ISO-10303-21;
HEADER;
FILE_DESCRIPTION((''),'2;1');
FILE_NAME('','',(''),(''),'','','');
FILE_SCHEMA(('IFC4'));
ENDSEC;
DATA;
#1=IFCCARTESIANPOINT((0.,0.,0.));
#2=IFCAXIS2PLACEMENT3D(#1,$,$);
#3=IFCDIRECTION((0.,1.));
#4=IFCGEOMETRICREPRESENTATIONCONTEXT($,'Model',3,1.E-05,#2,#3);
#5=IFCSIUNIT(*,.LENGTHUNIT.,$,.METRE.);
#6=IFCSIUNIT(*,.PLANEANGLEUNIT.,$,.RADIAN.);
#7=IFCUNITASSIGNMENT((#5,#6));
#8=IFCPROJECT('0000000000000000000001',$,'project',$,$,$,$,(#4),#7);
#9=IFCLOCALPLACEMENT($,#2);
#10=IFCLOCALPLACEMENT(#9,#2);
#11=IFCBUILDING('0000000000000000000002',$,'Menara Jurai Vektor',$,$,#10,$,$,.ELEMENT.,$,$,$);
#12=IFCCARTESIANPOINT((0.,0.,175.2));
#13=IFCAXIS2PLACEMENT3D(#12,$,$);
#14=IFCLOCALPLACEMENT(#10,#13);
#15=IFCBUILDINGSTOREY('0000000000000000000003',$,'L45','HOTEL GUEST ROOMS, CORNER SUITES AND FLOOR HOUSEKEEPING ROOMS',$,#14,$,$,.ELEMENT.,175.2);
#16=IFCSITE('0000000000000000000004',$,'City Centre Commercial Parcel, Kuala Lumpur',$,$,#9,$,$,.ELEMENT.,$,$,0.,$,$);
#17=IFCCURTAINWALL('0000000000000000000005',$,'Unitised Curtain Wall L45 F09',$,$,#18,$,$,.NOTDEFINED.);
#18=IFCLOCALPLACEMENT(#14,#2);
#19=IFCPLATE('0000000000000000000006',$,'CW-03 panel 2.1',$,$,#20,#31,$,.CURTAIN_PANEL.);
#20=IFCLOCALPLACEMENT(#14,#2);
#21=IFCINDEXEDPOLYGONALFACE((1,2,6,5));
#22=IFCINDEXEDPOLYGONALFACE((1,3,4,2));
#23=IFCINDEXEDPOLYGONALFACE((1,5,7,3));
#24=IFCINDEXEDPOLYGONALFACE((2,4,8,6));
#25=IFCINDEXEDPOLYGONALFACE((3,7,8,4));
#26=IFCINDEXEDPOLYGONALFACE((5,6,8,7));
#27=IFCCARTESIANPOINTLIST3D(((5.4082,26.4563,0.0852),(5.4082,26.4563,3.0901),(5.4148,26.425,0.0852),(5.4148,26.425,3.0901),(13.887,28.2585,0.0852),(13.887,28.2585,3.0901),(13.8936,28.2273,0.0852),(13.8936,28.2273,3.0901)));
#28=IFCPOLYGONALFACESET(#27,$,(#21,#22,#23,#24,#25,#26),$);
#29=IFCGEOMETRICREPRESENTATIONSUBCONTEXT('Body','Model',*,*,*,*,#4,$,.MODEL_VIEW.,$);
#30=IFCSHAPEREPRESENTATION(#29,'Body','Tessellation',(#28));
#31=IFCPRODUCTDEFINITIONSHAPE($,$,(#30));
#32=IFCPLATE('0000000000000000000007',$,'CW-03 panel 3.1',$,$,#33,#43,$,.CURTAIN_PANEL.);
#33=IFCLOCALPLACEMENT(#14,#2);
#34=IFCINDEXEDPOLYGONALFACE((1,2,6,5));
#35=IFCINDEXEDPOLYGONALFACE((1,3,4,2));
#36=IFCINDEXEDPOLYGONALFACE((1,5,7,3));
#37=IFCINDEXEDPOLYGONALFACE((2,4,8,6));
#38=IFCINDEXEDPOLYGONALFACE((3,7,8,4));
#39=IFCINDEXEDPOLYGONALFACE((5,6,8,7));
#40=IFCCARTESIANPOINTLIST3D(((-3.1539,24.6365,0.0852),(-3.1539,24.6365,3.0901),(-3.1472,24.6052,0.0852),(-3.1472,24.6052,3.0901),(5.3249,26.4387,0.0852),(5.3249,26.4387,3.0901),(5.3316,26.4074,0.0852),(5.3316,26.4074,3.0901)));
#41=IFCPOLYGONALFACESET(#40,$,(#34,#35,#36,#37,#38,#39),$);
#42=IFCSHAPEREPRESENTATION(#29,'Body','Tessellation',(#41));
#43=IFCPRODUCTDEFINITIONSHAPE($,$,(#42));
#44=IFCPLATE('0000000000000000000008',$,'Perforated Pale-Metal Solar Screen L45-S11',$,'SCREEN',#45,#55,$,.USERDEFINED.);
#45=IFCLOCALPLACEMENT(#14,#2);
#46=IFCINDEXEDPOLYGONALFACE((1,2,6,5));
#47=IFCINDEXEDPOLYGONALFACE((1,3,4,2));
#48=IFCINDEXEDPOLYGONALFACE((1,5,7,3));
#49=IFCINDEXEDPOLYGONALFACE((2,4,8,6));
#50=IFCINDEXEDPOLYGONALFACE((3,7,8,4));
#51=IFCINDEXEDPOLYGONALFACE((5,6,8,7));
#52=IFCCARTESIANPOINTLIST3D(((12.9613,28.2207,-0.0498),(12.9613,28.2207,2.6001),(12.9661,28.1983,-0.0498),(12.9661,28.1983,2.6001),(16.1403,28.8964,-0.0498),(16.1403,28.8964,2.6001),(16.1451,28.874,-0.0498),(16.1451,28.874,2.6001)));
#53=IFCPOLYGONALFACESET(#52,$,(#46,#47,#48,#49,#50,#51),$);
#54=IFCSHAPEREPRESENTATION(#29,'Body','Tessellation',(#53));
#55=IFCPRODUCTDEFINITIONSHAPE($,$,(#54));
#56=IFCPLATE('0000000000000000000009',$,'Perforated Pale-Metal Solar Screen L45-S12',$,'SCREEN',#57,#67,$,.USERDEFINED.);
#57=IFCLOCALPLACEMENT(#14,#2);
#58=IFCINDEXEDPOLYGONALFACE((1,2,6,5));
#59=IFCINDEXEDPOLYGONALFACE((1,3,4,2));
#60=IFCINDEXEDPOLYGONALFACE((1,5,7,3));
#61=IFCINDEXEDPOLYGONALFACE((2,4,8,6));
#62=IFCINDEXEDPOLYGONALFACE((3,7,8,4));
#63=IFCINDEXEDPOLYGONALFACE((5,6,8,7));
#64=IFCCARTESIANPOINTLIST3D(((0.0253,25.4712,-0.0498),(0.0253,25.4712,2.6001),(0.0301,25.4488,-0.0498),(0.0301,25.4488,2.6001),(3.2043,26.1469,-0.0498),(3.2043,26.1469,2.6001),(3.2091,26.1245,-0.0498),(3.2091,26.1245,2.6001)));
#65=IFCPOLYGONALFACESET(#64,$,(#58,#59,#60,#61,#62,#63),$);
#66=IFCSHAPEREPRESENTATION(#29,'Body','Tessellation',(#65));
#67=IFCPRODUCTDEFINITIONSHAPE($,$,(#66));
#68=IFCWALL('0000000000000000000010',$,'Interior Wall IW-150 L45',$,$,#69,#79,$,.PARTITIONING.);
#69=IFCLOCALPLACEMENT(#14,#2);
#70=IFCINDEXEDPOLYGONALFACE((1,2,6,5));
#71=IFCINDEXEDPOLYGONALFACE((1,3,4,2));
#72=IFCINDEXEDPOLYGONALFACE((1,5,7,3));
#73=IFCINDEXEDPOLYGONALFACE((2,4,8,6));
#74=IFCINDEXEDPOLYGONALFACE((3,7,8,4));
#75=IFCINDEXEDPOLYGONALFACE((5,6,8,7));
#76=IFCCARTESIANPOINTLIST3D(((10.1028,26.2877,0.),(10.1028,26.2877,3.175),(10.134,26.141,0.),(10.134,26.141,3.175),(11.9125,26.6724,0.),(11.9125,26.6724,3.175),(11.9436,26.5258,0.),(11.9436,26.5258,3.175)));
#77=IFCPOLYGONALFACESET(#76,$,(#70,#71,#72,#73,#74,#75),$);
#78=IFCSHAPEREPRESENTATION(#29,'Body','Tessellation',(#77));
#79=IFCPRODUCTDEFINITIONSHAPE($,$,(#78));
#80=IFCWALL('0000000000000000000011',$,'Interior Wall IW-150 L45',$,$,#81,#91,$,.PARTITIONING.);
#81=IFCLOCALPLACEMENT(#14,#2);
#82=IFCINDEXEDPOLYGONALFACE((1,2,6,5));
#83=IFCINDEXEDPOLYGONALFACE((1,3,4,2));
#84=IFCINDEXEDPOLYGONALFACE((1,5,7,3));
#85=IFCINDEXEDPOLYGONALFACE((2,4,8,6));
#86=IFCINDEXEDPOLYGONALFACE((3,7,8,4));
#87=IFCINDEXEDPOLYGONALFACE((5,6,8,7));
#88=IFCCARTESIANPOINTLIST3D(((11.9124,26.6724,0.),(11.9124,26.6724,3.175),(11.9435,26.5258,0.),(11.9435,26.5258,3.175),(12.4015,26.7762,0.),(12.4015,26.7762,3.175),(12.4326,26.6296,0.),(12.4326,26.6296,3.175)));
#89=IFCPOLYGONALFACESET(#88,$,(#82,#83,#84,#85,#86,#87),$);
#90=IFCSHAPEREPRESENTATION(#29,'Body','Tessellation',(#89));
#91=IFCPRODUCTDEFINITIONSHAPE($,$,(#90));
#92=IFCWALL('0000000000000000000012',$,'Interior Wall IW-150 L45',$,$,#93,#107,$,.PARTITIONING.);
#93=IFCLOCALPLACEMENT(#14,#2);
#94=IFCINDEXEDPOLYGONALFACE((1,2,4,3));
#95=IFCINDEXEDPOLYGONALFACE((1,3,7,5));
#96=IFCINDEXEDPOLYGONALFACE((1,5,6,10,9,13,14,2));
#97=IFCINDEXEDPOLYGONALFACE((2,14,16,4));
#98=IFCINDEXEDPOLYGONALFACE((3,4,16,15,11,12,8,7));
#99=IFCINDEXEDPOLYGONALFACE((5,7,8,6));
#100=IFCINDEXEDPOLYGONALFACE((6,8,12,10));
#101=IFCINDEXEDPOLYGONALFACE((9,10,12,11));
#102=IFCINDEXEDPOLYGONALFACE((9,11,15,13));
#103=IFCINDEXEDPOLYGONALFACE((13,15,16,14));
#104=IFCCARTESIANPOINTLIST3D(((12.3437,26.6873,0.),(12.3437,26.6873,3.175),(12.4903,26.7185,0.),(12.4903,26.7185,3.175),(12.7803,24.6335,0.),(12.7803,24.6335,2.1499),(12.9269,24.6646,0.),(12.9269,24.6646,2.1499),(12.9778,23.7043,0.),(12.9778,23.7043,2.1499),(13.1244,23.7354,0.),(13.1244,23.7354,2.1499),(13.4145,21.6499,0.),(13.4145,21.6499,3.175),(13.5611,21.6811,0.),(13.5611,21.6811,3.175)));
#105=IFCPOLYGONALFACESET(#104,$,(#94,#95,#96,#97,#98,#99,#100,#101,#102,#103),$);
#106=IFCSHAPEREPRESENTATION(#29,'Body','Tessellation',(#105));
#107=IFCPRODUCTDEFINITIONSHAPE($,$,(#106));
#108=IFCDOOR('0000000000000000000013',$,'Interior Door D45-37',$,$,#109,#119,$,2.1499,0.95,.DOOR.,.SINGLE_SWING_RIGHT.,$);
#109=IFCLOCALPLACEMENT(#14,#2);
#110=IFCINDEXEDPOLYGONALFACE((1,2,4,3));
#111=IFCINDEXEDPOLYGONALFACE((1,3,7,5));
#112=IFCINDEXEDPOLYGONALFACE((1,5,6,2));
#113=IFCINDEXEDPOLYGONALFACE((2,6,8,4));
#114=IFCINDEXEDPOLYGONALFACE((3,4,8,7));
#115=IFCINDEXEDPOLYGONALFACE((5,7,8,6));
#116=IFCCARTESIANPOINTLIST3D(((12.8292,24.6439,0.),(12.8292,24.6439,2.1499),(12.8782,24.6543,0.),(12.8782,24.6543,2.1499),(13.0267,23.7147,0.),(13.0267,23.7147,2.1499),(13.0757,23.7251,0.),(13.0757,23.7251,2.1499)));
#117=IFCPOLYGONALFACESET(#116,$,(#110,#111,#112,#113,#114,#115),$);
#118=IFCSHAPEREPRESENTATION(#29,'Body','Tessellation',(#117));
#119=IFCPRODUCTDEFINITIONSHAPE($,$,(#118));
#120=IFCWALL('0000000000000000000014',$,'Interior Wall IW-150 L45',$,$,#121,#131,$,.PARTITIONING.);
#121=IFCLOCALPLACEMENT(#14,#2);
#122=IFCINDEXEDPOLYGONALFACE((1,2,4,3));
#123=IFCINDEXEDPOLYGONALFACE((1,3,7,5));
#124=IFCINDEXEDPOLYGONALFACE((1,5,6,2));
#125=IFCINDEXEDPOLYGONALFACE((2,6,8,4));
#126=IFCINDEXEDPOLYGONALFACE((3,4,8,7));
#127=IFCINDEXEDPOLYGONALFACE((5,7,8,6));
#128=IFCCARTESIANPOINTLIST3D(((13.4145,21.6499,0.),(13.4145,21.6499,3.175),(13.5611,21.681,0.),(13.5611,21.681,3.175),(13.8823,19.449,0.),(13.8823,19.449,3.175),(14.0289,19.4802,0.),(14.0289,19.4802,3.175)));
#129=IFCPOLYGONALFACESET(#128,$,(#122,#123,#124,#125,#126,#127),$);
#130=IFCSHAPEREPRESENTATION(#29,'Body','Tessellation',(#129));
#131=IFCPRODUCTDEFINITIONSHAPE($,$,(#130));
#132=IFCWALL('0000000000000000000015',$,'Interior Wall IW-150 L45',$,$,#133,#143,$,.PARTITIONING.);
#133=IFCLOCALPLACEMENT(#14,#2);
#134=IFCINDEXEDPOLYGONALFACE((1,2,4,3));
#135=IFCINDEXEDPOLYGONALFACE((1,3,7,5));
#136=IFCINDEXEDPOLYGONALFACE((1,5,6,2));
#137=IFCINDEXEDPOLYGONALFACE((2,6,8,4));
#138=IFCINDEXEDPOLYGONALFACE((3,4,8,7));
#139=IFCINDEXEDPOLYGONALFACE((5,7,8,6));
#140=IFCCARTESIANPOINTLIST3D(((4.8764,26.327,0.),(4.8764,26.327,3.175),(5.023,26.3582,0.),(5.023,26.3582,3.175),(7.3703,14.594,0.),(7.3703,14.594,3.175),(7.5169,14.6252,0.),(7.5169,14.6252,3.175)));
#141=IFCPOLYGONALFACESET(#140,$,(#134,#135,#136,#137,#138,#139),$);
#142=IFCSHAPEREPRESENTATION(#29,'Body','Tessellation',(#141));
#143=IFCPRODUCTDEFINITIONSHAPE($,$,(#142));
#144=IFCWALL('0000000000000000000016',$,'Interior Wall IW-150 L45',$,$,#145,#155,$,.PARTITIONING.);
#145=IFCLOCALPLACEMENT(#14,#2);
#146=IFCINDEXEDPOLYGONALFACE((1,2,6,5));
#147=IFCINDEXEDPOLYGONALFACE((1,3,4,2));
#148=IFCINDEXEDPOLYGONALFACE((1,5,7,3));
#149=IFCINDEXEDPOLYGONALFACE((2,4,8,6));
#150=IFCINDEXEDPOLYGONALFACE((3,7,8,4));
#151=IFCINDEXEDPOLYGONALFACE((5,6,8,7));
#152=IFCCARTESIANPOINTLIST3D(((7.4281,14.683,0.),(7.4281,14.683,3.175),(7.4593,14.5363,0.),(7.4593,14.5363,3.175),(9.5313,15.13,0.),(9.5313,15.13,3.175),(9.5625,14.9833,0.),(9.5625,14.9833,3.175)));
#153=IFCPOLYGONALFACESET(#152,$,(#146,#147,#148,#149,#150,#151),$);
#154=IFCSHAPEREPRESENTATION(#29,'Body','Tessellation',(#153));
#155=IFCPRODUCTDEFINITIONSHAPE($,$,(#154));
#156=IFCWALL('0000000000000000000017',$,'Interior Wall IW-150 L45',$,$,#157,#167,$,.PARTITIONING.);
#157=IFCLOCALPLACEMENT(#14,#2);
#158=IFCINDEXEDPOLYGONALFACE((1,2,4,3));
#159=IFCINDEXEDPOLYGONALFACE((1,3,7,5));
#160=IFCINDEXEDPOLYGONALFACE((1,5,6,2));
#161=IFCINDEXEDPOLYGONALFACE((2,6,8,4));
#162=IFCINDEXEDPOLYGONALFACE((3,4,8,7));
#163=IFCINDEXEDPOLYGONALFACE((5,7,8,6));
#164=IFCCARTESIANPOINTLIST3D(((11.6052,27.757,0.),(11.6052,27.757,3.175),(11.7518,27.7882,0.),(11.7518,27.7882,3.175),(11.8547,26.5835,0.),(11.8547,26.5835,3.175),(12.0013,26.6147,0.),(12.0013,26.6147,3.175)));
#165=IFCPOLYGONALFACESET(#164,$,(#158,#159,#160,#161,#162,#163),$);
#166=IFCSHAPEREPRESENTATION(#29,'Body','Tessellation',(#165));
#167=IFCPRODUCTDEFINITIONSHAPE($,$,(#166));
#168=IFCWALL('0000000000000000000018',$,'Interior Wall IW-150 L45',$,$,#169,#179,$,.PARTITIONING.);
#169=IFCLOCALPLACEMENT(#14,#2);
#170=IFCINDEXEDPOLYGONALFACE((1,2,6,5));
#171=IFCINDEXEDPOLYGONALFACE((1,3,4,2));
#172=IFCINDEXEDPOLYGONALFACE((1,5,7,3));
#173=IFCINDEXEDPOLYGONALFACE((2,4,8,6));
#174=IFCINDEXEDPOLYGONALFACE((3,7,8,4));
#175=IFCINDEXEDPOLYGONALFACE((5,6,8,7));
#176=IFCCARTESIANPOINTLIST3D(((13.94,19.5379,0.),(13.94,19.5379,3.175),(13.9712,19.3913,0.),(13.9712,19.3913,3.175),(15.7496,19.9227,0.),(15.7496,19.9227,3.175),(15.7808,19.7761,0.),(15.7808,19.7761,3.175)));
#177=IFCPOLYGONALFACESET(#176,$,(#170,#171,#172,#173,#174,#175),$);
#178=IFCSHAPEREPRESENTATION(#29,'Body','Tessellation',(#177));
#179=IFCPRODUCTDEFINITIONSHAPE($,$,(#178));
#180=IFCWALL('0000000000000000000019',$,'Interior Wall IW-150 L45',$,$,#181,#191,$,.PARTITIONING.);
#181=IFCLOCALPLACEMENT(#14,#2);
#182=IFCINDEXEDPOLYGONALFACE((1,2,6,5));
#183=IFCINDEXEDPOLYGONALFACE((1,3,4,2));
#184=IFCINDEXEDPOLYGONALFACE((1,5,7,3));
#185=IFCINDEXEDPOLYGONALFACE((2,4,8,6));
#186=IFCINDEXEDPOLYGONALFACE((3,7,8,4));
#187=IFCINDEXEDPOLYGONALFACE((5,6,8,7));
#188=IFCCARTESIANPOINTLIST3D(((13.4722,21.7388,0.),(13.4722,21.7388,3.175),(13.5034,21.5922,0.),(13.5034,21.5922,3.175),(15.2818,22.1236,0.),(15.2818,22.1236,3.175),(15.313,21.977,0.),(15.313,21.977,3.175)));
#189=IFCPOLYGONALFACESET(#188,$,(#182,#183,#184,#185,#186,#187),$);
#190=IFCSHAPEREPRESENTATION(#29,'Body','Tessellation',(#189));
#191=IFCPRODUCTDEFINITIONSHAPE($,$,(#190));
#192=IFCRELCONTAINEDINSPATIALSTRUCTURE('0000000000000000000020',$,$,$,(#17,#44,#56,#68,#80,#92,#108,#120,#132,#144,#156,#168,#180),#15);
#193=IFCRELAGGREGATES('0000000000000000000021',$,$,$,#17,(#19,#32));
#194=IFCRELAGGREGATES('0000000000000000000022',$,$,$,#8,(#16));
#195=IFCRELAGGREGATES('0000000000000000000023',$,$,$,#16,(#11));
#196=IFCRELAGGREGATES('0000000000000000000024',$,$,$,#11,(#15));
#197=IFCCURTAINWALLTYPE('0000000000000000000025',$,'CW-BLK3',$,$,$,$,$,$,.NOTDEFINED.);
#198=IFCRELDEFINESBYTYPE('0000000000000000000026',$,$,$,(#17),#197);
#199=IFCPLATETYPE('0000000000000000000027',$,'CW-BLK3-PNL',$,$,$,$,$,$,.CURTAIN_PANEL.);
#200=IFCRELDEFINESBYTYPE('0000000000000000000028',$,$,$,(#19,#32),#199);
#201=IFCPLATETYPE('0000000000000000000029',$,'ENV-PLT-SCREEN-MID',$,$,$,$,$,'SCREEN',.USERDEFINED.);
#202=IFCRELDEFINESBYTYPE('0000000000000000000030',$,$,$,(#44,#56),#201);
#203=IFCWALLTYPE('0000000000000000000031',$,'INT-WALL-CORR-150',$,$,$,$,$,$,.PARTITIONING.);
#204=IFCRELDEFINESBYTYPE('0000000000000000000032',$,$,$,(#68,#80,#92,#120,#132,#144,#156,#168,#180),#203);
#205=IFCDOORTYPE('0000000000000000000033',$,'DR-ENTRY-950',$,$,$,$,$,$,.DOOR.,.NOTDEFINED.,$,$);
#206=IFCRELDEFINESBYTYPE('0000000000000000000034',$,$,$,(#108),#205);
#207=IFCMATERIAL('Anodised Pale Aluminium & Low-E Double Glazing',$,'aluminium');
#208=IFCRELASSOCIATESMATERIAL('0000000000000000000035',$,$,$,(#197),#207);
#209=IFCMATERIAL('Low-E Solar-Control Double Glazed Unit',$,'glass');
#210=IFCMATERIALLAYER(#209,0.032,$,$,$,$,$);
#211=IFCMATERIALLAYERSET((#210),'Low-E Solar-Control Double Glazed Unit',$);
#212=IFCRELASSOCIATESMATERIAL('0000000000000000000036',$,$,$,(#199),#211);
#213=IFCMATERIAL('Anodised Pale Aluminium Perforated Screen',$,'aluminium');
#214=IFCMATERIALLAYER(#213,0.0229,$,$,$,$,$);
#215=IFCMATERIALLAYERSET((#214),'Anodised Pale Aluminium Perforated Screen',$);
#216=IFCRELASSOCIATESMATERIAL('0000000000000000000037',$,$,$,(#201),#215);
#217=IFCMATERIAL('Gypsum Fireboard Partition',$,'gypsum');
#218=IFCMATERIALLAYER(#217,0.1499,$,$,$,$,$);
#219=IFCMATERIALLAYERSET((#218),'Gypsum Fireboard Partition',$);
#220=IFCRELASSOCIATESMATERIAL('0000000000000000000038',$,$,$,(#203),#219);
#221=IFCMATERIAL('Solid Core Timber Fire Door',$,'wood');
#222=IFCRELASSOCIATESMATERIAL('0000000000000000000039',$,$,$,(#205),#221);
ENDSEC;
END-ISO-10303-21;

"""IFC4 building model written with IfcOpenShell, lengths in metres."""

from ifc_helpers import new_model, si_unit, direction, frame, frame_2d, origin, origin_2d, place, context, subcontext, project, spatial, rectangle, extrude, material, layer, layer_set, type_object, element, fill, aggregate, save


model = new_model("IFC4")

# Units and contexts
model_context = context("Model", 3, precision=1e-05, world=origin(), true_north=direction((0.0, 1.0)))
body_context = subcontext(model_context, "Body", "Model", "MODEL_VIEW")
ifc_project = project(units=[si_unit("LENGTHUNIT", "METRE"), si_unit("PLANEANGLEUNIT", "RADIAN")], contexts=[model_context])

# Site, building, storey
site_placement = place(None, origin())
site = spatial("IfcSite", under=ifc_project, at=site_placement, Name="City Centre Commercial Parcel, Kuala Lumpur", CompositionType="ELEMENT", RefElevation=0.0)
building_placement = place(site_placement, origin())
building = spatial("IfcBuilding", under=site, at=building_placement, Name="Menara Jurai Vektor", CompositionType="ELEMENT")
storey_placement = place(building_placement, frame((0.0, 0.0, 175.2)))
storey = spatial("IfcBuildingStorey", under=building, at=storey_placement, Name="L45", Description="HOTEL GUEST ROOMS, CORNER SUITES AND FLOOR HOUSEKEEPING ROOMS", CompositionType="ELEMENT", Elevation=175.2)

# Curtain wall
ifc_material_1 = material(Name="Anodised Pale Aluminium & Low-E Double Glazing", Category="aluminium")
curtain_wall_type = type_object("IfcCurtainWallType", Name="CW-BLK3", PredefinedType="NOTDEFINED", material=ifc_material_1)
curtain_wall_placement = place(storey_placement, origin())
curtain_wall = element("IfcCurtainWall", 1, at=curtain_wall_placement, inside=storey, type_object=curtain_wall_type, Name="Unitised Curtain Wall L45 F09", PredefinedType="NOTDEFINED")

# Plates
ifc_material_2 = material(Name="Low-E Solar-Control Double Glazed Unit", Category="glass")
ifc_layer_1 = layer(ifc_material_2, 0.032)
ifc_layer_set_1 = layer_set([ifc_layer_1], Name="Low-E Solar-Control Double Glazed Unit")
plate_type_1 = type_object("IfcPlateType", Name="CW-BLK3-PNL", PredefinedType="CURTAIN_PANEL", material=ifc_layer_set_1)
plate_1_placement = place(storey_placement, frame((9.6509, 27.3418, 0.0852), z_axis=(0.0, 0.0, 1.0), x_axis=(-0.978148, -0.207911, 0.0)))
plate_1 = element("IfcPlate", 2, at=plate_1_placement, type_object=plate_type_1, Name="CW-03 panel 2.1", PredefinedType="CURTAIN_PANEL", context=body_context, shape_type="SweptSolid", body=[
    extrude(rectangle(XDim=8.6682, YDim=0.032, at=origin_2d()), origin(), (0.0, 0.0, 1.0), 3.0049),
])
plate_2_placement = place(storey_placement, frame((1.0889, 25.522, 0.0852), z_axis=(0.0, 0.0, 1.0), x_axis=(-0.978148, -0.207911, 0.0)))
plate_2 = element("IfcPlate", 3, at=plate_2_placement, type_object=plate_type_1, Name="CW-03 panel 3.1", PredefinedType="CURTAIN_PANEL", context=body_context, shape_type="SweptSolid", body=[
    extrude(rectangle(XDim=8.6682, YDim=0.032, at=origin_2d()), origin(), (0.0, 0.0, 1.0), 3.0049),
])
aggregate(curtain_wall, [plate_1, plate_2])

# Plates
ifc_material_3 = material(Name="Anodised Pale Aluminium Perforated Screen", Category="aluminium")
ifc_layer_2 = layer(ifc_material_3, 0.0229)
ifc_layer_set_2 = layer_set([ifc_layer_2], Name="Anodised Pale Aluminium Perforated Screen")
plate_type_2 = type_object("IfcPlateType", Name="ENV-PLT-SCREEN-MID", ElementType="SCREEN", PredefinedType="USERDEFINED", material=ifc_layer_set_2)
for number, where, z_axis, x_axis, name in (
    (4, (14.5532, 28.5474, -0.0498), (0.0, 0.0, 1.0), (-0.978148, -0.207912, 0.0), "Perforated Pale-Metal Solar Screen L45-S11"),
    (5, (1.6172, 25.7979, -0.0498), (0.0, 0.0, 1.0), (-0.978148, -0.207912, 0.0), "Perforated Pale-Metal Solar Screen L45-S12"),
):
    element("IfcPlate", number, at=place(storey_placement, frame(where, z_axis=z_axis, x_axis=x_axis)), inside=storey, type_object=plate_type_2, Name=name, ObjectType="SCREEN", PredefinedType="USERDEFINED", context=body_context, shape_type="SweptSolid", body=[
        extrude(rectangle(XDim=3.25, YDim=0.0229, at=origin_2d()), origin(), (0.0, 0.0, 1.0), 2.6499),
    ])

# Walls
ifc_material_4 = material(Name="Gypsum Fireboard Partition", Category="gypsum")
ifc_layer_3 = layer(ifc_material_4, 0.1499)
ifc_layer_set_3 = layer_set([ifc_layer_3], Name="Gypsum Fireboard Partition")
wall_type = type_object("IfcWallType", Name="INT-WALL-CORR-150", PredefinedType="PARTITIONING", material=ifc_layer_set_3)
wall_1_placement = place(storey_placement, frame((10.1184, 26.2144, 0.0), z_axis=(0.0, 0.0, 1.0), x_axis=(0.978133, 0.207979, 0.0)))
element("IfcWall", 6, at=wall_1_placement, inside=storey, type_object=wall_type, Name="Interior Wall IW-150 L45", PredefinedType="PARTITIONING", context=body_context, shape_type="SweptSolid", body=[
    extrude(rectangle(XDim=1.8501, YDim=0.1499, at=frame_2d((0.925, 0.0))), origin(), (0.0, 0.0, 1.0), 3.175),
])
wall_2_placement = place(storey_placement, frame((11.928, 26.5991, 0.0), z_axis=(0.0, 0.0, 1.0), x_axis=(0.978222, 0.207561, 0.0)))
element("IfcWall", 7, at=wall_2_placement, inside=storey, type_object=wall_type, Name="Interior Wall IW-150 L45", PredefinedType="PARTITIONING", context=body_context, shape_type="SweptSolid", body=[
    extrude(rectangle(XDim=0.5, YDim=0.1499, at=frame_2d((0.25, 0.0))), origin(), (0.0, 0.0, 1.0), 3.175),
])

# Wall, opening, door
wall_3_placement = place(storey_placement, frame((13.4878, 21.6655, 0.0), z_axis=(0.0, 0.0, 1.0), x_axis=(-0.207926, 0.978145, 0.0)))
wall_3 = element("IfcWall", 8, at=wall_3_placement, inside=storey, type_object=wall_type, Name="Interior Wall IW-150 L45", PredefinedType="PARTITIONING", context=body_context, shape_type="SweptSolid", body=[
    extrude(rectangle(XDim=5.1499, YDim=0.1499, at=frame_2d((2.575, 0.0))), origin(), (0.0, 0.0, 1.0), 3.175),
])
opening_placement = place(wall_3_placement, frame((2.1001, 0.0, 0.0)))
opening = element("IfcOpeningElement", 9, at=opening_placement, cuts=wall_3, PredefinedType="OPENING", context=body_context, shape_type="SweptSolid", body=[
    extrude(rectangle(XDim=0.95, YDim=2.1499, at=frame_2d((0.4751, 1.075))), frame((0.0, 0.085, 0.0), z_axis=(0.0, -1.0, 0.0), x_axis=(1.0, 0.0, 0.0)), (0.0, 0.0, 1.0), 0.1699),
])
ifc_material_5 = material(Name="Solid Core Timber Fire Door", Category="wood")
door_type = type_object("IfcDoorType", Name="DR-ENTRY-950", OperationType="NOTDEFINED", PredefinedType="DOOR", material=ifc_material_5)
door_placement = place(opening_placement, origin())
door = element("IfcDoor", 10, at=door_placement, inside=storey, type_object=door_type, Name="Interior Door D45-37", OperationType="SINGLE_SWING_RIGHT", OverallHeight=2.1499, OverallWidth=0.95, PredefinedType="DOOR", context=body_context, shape_type="SweptSolid", body=[
    extrude(rectangle(XDim=0.95, YDim=2.1499, at=frame_2d((0.4751, 1.075))), frame((0.0, 0.0249, 0.0), z_axis=(0.0, -1.0, 0.0), x_axis=(1.0, 0.0, 0.0)), (0.0, 0.0, 1.0), 0.05),
])
fill(opening, door)

# Walls
wall_4_placement = place(storey_placement, frame((13.9556, 19.4646, 0.0), z_axis=(0.0, 0.0, 1.0), x_axis=(-0.207891, 0.978152, 0.0)))
element("IfcWall", 11, at=wall_4_placement, inside=storey, type_object=wall_type, Name="Interior Wall IW-150 L45", PredefinedType="PARTITIONING", context=body_context, shape_type="SweptSolid", body=[
    extrude(rectangle(XDim=2.25, YDim=0.1499, at=frame_2d((1.125, 0.0))), origin(), (0.0, 0.0, 1.0), 3.175),
])
wall_5_placement = place(storey_placement, frame((7.4436, 14.6096, 0.0), z_axis=(0.0, 0.0, 1.0), x_axis=(-0.207911, 0.978148, 0.0)))
element("IfcWall", 12, at=wall_5_placement, inside=storey, type_object=wall_type, Name="Interior Wall IW-150 L45", PredefinedType="PARTITIONING", context=body_context, shape_type="SweptSolid", body=[
    extrude(rectangle(XDim=11.9951, YDim=0.1499, at=frame_2d((5.9976, 0.0))), origin(), (0.0, 0.0, 1.0), 3.175),
])
wall_6_placement = place(storey_placement, frame((7.4436, 14.6096, 0.0), z_axis=(0.0, 0.0, 1.0), x_axis=(0.978152, 0.207893, 0.0)))
element("IfcWall", 13, at=wall_6_placement, inside=storey, type_object=wall_type, Name="Interior Wall IW-150 L45", PredefinedType="PARTITIONING", context=body_context, shape_type="SweptSolid", body=[
    extrude(rectangle(XDim=2.1501, YDim=0.1499, at=frame_2d((1.0752, 0.0))), origin(), (0.0, 0.0, 1.0), 3.175),
])
wall_7_placement = place(storey_placement, frame((11.928, 26.5991, 0.0), z_axis=(0.0, 0.0, 1.0), x_axis=(-0.207959, 0.978138, 0.0)))
element("IfcWall", 14, at=wall_7_placement, inside=storey, type_object=wall_type, Name="Interior Wall IW-150 L45", PredefinedType="PARTITIONING", context=body_context, shape_type="SweptSolid", body=[
    extrude(rectangle(XDim=1.1997, YDim=0.1499, at=frame_2d((0.5999, 0.0))), origin(), (0.0, 0.0, 1.0), 3.175),
])
for number, where, z_axis, x_axis, name in (
    (15, (13.9556, 19.4646, 0.0), (0.0, 0.0, 1.0), (0.978133, 0.207979, 0.0), "Interior Wall IW-150 L45"),
    (16, (13.4878, 21.6655, 0.0), (0.0, 0.0, 1.0), (0.978133, 0.207979, 0.0), "Interior Wall IW-150 L45"),
):
    element("IfcWall", number, at=place(storey_placement, frame(where, z_axis=z_axis, x_axis=x_axis)), inside=storey, type_object=wall_type, Name=name, PredefinedType="PARTITIONING", context=body_context, shape_type="SweptSolid", body=[
        extrude(rectangle(XDim=1.8501, YDim=0.1499, at=frame_2d((0.925, 0.0))), origin(), (0.0, 0.0, 1.0), 3.175),
    ])

save(model, "model.ifc")
